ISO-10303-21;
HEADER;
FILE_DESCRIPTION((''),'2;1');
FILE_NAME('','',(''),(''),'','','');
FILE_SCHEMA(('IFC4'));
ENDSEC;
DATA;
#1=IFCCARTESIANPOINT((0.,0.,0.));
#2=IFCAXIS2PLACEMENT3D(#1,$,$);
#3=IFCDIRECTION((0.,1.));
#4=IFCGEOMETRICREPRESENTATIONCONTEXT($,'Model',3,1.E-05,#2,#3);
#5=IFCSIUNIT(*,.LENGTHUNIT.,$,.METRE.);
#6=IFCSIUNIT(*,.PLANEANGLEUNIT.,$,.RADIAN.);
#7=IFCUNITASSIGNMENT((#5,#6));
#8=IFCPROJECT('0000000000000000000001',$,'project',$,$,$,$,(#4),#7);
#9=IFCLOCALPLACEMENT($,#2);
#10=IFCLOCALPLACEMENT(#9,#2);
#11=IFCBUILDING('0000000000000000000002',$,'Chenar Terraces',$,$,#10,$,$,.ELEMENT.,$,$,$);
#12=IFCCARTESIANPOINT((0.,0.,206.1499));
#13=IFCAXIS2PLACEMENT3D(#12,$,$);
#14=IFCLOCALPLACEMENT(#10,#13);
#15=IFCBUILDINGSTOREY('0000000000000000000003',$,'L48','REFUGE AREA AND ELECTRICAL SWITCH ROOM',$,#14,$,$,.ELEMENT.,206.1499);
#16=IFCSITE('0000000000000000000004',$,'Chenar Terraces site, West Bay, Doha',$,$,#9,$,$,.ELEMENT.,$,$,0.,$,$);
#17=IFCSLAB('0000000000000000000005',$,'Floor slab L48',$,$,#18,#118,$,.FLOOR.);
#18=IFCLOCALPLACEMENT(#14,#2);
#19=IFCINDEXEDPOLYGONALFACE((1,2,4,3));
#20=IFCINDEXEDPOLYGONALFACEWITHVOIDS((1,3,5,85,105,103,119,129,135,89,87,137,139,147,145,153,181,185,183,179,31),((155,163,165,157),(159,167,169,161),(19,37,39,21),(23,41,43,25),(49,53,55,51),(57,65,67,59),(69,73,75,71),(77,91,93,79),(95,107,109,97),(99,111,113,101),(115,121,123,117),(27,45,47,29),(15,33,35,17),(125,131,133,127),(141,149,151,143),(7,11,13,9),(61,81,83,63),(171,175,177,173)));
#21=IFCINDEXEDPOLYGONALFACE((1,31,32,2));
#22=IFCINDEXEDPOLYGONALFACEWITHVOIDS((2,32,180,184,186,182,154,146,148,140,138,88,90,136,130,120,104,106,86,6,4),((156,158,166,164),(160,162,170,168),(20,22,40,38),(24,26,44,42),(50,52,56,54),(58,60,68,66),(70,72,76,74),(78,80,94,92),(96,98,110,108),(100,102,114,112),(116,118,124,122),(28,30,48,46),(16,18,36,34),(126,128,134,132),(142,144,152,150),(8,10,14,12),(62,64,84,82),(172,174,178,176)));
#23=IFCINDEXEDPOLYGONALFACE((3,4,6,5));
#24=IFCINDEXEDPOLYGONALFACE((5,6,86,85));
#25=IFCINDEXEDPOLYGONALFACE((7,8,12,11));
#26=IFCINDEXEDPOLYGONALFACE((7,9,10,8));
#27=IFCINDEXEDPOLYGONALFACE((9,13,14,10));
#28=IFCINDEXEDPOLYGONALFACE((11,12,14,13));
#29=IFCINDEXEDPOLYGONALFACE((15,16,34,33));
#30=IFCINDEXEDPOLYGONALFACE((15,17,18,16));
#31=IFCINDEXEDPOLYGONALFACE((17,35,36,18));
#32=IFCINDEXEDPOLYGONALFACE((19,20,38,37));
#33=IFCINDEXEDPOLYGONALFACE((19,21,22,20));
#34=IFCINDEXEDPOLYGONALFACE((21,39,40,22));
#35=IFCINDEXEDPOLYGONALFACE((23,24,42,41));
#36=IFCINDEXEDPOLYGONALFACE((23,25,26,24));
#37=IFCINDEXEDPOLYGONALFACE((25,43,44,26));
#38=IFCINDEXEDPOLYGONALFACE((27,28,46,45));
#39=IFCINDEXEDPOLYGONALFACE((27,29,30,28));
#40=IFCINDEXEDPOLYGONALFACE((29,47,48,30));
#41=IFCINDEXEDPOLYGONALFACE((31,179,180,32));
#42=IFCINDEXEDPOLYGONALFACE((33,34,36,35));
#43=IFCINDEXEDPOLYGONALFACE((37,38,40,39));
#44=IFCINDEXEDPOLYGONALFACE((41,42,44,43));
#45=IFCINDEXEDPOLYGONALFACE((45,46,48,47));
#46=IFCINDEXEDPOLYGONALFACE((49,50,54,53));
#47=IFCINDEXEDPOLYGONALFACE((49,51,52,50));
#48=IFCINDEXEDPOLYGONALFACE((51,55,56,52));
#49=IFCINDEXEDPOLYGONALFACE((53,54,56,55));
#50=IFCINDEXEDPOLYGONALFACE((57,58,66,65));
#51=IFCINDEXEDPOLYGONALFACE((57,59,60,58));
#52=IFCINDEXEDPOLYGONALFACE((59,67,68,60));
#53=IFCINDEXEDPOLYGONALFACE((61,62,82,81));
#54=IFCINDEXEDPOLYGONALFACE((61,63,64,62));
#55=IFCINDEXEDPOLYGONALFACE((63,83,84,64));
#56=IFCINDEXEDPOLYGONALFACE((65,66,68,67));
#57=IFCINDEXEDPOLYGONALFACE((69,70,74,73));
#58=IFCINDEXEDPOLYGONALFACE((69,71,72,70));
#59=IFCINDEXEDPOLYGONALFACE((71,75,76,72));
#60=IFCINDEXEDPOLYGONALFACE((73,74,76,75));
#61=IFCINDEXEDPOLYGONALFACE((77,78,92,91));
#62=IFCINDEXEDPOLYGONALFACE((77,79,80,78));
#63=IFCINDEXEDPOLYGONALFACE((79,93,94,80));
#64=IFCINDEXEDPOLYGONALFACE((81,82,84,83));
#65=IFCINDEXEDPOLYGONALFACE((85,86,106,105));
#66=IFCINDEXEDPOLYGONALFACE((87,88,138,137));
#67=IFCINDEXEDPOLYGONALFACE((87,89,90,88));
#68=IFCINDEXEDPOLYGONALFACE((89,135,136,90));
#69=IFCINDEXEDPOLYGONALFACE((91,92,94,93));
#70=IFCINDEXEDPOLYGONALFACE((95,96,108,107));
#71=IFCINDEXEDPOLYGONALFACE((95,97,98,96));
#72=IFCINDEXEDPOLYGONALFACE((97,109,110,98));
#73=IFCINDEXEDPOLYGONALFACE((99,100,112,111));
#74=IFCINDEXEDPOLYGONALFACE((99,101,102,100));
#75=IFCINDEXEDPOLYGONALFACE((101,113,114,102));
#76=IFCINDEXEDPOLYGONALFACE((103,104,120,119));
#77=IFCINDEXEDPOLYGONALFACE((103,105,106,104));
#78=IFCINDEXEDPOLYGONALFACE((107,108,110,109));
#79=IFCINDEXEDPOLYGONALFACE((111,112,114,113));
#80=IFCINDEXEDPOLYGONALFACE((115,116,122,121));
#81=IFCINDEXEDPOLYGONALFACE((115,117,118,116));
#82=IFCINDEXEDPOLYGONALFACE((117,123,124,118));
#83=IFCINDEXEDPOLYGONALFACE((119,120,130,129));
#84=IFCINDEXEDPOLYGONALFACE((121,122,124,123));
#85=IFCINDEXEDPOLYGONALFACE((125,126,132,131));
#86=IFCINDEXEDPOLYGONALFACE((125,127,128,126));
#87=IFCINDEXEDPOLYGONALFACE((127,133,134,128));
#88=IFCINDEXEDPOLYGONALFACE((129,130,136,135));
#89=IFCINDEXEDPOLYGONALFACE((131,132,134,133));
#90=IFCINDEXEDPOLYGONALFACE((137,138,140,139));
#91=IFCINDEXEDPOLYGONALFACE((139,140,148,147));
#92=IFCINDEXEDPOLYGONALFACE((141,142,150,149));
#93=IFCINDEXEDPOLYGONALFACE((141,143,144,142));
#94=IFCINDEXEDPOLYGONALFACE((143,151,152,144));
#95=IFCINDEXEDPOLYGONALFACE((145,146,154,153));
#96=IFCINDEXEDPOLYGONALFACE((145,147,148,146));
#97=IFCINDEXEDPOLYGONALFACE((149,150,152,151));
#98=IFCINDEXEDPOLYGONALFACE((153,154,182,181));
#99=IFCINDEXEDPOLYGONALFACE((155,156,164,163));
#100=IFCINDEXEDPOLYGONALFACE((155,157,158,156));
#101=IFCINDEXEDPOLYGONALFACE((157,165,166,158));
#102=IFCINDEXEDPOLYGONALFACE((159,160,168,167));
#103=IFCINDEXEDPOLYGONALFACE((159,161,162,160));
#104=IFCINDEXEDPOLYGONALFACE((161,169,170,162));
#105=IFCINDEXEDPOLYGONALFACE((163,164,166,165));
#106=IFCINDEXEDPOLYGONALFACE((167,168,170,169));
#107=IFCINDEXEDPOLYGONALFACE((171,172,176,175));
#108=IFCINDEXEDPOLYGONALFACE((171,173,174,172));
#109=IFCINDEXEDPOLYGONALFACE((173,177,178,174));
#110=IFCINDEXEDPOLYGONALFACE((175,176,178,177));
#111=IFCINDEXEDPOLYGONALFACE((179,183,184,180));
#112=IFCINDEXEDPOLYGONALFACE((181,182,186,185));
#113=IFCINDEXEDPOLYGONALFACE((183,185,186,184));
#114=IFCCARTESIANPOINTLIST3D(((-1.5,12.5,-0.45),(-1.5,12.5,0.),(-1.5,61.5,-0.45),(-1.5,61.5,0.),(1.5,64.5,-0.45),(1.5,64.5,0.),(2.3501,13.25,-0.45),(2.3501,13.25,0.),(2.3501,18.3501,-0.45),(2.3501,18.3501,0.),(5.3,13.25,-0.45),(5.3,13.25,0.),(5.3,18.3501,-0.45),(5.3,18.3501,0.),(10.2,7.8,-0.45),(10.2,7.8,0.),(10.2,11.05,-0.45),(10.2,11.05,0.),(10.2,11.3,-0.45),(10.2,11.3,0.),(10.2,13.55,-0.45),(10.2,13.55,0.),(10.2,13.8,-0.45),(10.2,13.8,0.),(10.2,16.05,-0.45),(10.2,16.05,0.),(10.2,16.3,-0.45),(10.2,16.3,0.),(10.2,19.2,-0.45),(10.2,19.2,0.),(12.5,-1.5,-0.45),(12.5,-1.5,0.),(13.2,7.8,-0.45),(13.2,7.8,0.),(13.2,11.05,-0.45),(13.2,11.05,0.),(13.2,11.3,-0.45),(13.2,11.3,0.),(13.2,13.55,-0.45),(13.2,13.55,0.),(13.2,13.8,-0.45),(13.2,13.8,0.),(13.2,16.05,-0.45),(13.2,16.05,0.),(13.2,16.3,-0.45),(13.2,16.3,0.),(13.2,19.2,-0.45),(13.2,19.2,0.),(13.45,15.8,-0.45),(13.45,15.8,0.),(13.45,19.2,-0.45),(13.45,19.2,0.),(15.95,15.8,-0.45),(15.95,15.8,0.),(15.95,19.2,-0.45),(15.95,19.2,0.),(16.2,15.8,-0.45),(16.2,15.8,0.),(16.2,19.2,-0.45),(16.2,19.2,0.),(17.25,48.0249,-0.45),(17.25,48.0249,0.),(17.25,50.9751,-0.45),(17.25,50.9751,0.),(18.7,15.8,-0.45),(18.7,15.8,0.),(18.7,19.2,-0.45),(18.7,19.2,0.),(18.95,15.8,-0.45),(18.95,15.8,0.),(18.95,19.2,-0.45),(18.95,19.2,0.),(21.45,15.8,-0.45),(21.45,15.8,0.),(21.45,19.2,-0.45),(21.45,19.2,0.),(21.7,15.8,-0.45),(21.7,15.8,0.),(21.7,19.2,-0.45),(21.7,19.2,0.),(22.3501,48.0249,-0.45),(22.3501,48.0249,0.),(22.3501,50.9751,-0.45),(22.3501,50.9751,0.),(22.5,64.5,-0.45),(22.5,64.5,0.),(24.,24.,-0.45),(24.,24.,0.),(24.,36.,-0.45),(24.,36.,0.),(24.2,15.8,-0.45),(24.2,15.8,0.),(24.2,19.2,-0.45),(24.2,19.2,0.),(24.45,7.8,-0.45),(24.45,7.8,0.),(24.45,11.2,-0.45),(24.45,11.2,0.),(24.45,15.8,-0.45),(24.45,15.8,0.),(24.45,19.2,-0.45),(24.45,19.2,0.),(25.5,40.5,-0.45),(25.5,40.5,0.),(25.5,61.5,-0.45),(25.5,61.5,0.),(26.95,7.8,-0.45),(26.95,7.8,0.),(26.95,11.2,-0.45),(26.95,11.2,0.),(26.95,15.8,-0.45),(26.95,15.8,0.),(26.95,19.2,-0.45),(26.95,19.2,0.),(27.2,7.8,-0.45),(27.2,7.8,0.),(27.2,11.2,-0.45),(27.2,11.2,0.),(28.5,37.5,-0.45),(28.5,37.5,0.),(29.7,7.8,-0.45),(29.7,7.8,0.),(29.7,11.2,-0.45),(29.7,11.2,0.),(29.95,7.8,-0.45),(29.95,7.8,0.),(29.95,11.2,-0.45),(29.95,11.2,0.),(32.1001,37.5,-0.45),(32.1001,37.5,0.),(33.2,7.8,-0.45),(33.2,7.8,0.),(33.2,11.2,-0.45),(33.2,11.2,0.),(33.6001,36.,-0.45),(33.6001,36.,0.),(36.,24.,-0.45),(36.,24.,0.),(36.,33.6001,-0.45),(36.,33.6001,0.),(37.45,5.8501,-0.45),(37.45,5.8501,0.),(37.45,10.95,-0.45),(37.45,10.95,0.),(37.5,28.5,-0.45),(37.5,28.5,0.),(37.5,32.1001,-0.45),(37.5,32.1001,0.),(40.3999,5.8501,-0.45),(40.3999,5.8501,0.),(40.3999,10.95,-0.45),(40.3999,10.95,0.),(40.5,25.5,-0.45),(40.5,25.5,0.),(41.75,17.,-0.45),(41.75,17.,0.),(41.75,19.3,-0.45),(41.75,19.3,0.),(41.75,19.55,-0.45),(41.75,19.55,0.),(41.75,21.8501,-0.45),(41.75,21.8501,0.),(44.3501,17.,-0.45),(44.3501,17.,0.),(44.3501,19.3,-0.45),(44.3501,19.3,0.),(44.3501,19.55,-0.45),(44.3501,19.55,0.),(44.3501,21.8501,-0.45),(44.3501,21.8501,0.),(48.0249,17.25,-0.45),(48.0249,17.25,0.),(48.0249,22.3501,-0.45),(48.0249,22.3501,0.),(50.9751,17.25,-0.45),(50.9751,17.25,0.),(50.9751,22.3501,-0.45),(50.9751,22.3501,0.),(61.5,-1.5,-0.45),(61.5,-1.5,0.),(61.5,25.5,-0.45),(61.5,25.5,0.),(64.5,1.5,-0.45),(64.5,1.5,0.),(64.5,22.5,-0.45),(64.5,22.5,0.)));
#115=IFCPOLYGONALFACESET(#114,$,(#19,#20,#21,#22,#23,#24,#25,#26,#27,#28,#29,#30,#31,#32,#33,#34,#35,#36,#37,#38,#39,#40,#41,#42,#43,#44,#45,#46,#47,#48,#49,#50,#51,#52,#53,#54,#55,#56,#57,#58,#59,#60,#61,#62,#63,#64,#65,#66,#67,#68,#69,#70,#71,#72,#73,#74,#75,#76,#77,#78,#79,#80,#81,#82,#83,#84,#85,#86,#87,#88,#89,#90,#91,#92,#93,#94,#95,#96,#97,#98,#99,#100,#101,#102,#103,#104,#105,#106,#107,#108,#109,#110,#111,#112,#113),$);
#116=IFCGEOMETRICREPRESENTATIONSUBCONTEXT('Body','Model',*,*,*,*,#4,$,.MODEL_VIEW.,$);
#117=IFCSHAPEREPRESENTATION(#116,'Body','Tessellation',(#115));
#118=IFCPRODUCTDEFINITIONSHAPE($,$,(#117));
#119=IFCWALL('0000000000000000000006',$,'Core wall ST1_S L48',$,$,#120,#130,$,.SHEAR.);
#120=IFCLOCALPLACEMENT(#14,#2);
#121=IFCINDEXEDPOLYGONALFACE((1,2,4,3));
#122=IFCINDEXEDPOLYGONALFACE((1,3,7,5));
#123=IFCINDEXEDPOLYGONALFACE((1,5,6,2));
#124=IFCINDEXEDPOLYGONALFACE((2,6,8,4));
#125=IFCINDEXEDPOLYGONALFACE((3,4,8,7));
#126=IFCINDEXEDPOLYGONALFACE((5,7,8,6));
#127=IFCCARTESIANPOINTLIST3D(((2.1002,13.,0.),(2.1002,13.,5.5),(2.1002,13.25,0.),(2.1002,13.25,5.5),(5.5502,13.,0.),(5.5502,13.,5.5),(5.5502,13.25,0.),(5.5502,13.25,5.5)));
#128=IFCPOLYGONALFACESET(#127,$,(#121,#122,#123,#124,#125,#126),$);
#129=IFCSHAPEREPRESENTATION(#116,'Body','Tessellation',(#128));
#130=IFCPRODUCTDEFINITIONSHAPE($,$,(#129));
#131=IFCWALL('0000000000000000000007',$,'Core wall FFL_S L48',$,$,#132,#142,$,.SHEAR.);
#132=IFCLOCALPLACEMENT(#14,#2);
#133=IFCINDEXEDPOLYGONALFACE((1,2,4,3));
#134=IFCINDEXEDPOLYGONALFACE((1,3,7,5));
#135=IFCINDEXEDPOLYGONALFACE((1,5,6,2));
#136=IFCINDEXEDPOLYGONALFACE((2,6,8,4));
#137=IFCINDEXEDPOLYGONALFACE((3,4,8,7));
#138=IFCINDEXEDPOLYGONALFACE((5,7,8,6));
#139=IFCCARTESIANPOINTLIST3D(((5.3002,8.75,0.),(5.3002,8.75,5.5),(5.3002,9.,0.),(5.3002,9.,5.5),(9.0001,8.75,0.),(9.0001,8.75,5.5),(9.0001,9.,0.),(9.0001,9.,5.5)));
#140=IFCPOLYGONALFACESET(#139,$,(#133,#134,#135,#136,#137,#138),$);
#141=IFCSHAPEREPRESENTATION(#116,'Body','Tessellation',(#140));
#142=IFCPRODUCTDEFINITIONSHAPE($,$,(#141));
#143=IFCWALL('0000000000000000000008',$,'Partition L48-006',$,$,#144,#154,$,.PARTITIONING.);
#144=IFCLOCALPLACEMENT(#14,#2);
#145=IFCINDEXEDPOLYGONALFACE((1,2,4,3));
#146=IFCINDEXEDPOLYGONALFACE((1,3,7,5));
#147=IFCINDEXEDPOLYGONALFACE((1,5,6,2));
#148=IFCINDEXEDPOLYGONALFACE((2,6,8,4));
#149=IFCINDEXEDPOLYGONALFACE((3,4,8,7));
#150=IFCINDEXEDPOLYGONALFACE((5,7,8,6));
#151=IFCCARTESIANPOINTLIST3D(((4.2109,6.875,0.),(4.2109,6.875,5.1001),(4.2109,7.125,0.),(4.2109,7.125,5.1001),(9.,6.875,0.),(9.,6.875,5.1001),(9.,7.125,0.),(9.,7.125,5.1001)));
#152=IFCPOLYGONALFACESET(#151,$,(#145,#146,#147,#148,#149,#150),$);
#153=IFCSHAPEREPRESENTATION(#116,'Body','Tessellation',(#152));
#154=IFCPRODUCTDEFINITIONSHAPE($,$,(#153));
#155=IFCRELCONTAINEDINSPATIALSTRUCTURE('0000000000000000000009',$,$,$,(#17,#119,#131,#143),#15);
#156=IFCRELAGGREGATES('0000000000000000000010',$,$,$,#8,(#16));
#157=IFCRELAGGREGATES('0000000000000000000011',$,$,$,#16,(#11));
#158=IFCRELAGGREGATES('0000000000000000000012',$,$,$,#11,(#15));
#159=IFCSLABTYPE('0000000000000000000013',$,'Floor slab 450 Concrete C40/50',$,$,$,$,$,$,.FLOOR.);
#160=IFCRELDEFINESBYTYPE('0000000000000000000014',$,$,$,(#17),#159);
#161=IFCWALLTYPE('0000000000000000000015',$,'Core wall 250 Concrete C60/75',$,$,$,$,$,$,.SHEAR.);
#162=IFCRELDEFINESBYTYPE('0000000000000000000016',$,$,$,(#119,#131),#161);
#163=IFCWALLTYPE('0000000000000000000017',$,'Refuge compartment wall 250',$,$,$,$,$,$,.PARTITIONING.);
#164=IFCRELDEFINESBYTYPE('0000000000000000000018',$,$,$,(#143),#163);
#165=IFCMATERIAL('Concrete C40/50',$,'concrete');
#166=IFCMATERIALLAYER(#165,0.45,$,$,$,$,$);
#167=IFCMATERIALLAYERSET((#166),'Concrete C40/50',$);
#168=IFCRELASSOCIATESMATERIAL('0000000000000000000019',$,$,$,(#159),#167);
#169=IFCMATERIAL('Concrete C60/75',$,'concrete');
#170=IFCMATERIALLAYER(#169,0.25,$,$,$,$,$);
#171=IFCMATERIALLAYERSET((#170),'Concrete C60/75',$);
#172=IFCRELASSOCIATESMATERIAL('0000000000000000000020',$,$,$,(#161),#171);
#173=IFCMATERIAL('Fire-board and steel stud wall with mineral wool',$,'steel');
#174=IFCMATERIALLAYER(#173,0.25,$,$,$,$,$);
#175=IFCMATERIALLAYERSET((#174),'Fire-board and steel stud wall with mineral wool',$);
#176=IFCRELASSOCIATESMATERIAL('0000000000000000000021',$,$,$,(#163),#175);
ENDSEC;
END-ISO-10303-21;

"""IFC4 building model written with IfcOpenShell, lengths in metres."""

from ifc_helpers import new_model, si_unit, direction, frame, frame_2d, origin, place, context, subcontext, project, spatial, polyline, rectangle, outline, extrude, material, layer, layer_set, type_object, element, save


model = new_model("IFC4")

# Units and contexts
model_context = context("Model", 3, precision=1e-05, world=origin(), true_north=direction((0.0, 1.0)))
body_context = subcontext(model_context, "Body", "Model", "MODEL_VIEW")
ifc_project = project(units=[si_unit("LENGTHUNIT", "METRE"), si_unit("PLANEANGLEUNIT", "RADIAN")], contexts=[model_context])

# Site, building, storey
site_placement = place(None, origin())
site = spatial("IfcSite", under=ifc_project, at=site_placement, Name="Chenar Terraces site, West Bay, Doha", CompositionType="ELEMENT", RefElevation=0.0)
building_placement = place(site_placement, origin())
building = spatial("IfcBuilding", under=site, at=building_placement, Name="Chenar Terraces", CompositionType="ELEMENT")
storey_placement = place(building_placement, frame((0.0, 0.0, 206.1499)))
storey = spatial("IfcBuildingStorey", under=building, at=storey_placement, Name="L48", Description="REFUGE AREA AND ELECTRICAL SWITCH ROOM", CompositionType="ELEMENT", Elevation=206.1499)

# Slab
ifc_material_1 = material(Name="Concrete C40/50", Category="concrete")
ifc_layer_1 = layer(ifc_material_1, 0.45)
ifc_layer_set_1 = layer_set([ifc_layer_1], Name="Concrete C40/50")
slab_type_1 = type_object("IfcSlabType", Name="Floor slab 450 Concrete C40/50", PredefinedType="FLOOR", material=ifc_layer_set_1)
slab_1_placement = place(storey_placement, frame((0.0, 0.0, -0.45)))
element("IfcSlab", 1, at=slab_1_placement, inside=storey, type_object=slab_type_1, Name="Floor slab L48", PredefinedType="FLOOR", context=body_context, shape_type="SweptSolid", body=[
    extrude(outline(polyline([(64.5, 22.5), (64.5, 1.5), (61.5, -1.5), (12.5, -1.5), (-1.5, 12.5), (-1.5, 61.5), (1.5, 64.5), (22.5, 64.5), (25.5, 61.5), (25.5, 40.5), (28.5, 37.5), (32.1001, 37.5), (33.6001, 36.0), (24.0, 36.0), (24.0, 24.0), (36.0, 24.0), (36.0, 33.6001), (37.5, 32.1001), (37.5, 28.5), (40.5, 25.5), (61.5, 25.5), (64.5, 22.5)]), holes=[polyline([(13.2, 11.05), (10.2, 11.05), (10.2, 7.8), (13.2, 7.8), (13.2, 11.05)]), polyline([(13.2, 13.55), (10.2, 13.55), (10.2, 11.3), (13.2, 11.3), (13.2, 13.55)]), polyline([(13.2, 16.05), (10.2, 16.05), (10.2, 13.8), (13.2, 13.8), (13.2, 16.05)]), polyline([(2.3501, 13.25), (5.3, 13.25), (5.3, 18.3501), (2.3501, 18.3501), (2.3501, 13.25)]), polyline([(15.95, 19.2), (13.45, 19.2), (13.45, 15.8), (15.95, 15.8), (15.95, 19.2)]), polyline([(18.7, 19.2), (16.2, 19.2), (16.2, 15.8), (18.7, 15.8), (18.7, 19.2)]), polyline([(21.45, 19.2), (18.95, 19.2), (18.95, 15.8), (21.45, 15.8), (21.45, 19.2)]), polyline([(24.2, 15.8), (24.2, 19.2), (21.7, 19.2), (21.7, 15.8), (24.2, 15.8)]), polyline([(13.2, 16.3), (13.2, 19.2), (10.2, 19.2), (10.2, 16.3), (13.2, 16.3)]), polyline([(22.3501, 48.0249), (22.3501, 50.9751), (17.25, 50.9751), (17.25, 48.0249), (22.3501, 48.0249)]), polyline([(37.45, 5.8501), (40.3999, 5.8501), (40.3999, 10.95), (37.45, 10.95), (37.45, 5.8501)]), polyline([(26.95, 11.2), (24.45, 11.2), (24.45, 7.8), (26.95, 7.8), (26.95, 11.2)]), polyline([(29.7, 7.8), (29.7, 11.2), (27.2, 11.2), (27.2, 7.8), (29.7, 7.8)]), polyline([(33.2, 7.8), (33.2, 11.2), (29.95, 11.2), (29.95, 7.8), (33.2, 7.8)]), polyline([(26.95, 19.2), (24.45, 19.2), (24.45, 15.8), (26.95, 15.8), (26.95, 19.2)]), polyline([(44.3501, 19.3), (41.75, 19.3), (41.75, 17.0), (44.3501, 17.0), (44.3501, 19.3)]), polyline([(50.9751, 22.3501), (48.0249, 22.3501), (48.0249, 17.25), (50.9751, 17.25), (50.9751, 22.3501)]), polyline([(44.3501, 19.55), (44.3501, 21.8501), (41.75, 21.8501), (41.75, 19.55), (44.3501, 19.55)])]), origin(), (0.0, 0.0, 1.0), 0.45),
])

# Walls
ifc_material_2 = material(Name="Concrete C60/75", Category="concrete")
ifc_layer_2 = layer(ifc_material_2, 0.25)
ifc_layer_set_2 = layer_set([ifc_layer_2], Name="Concrete C60/75")
wall_type_1 = type_object("IfcWallType", Name="Core wall 250 Concrete C60/75", PredefinedType="SHEAR", material=ifc_layer_set_2)
wall_1_placement = place(storey_placement, frame((2.1001, 13.125, 0.0), z_axis=(0.0, 0.0, 1.0), x_axis=(1.0, 0.0, 0.0)))
element("IfcWall", 2, at=wall_1_placement, inside=storey, type_object=wall_type_1, Name="Core wall ST1_S L48", PredefinedType="SHEAR", context=body_context, shape_type="SweptSolid", body=[
    extrude(rectangle(XDim=3.45, YDim=0.25, at=frame_2d((1.7251, 0.0))), origin(), (0.0, 0.0, 1.0), 5.5),
])
wall_2_placement = place(storey_placement, frame((5.3, 8.875, 0.0), z_axis=(0.0, 0.0, 1.0), x_axis=(1.0, 0.0, 0.0)))
element("IfcWall", 3, at=wall_2_placement, inside=storey, type_object=wall_type_1, Name="Core wall FFL_S L48", PredefinedType="SHEAR", context=body_context, shape_type="SweptSolid", body=[
    extrude(rectangle(XDim=3.7, YDim=0.25, at=frame_2d((1.8501, 0.0))), origin(), (0.0, 0.0, 1.0), 5.5),
])
ifc_material_3 = material(Name="Fire-board and steel stud wall with mineral wool", Category="steel")
ifc_layer_3 = layer(ifc_material_3, 0.25)
ifc_layer_set_3 = layer_set([ifc_layer_3], Name="Fire-board and steel stud wall with mineral wool")
wall_type_2 = type_object("IfcWallType", Name="Refuge compartment wall 250", PredefinedType="PARTITIONING", material=ifc_layer_set_3)
wall_3_placement = place(storey_placement, frame((4.2109, 7.0, 0.0), z_axis=(0.0, 0.0, 1.0), x_axis=(1.0, 0.0, 0.0)))
element("IfcWall", 4, at=wall_3_placement, inside=storey, type_object=wall_type_2, Name="Partition L48-006", PredefinedType="PARTITIONING", context=body_context, shape_type="SweptSolid", body=[
    extrude(rectangle(XDim=4.7891, YDim=0.25, at=frame_2d((2.3945, 0.0))), origin(), (0.0, 0.0, 1.0), 5.1001),
])

save(model, "model.ifc")
